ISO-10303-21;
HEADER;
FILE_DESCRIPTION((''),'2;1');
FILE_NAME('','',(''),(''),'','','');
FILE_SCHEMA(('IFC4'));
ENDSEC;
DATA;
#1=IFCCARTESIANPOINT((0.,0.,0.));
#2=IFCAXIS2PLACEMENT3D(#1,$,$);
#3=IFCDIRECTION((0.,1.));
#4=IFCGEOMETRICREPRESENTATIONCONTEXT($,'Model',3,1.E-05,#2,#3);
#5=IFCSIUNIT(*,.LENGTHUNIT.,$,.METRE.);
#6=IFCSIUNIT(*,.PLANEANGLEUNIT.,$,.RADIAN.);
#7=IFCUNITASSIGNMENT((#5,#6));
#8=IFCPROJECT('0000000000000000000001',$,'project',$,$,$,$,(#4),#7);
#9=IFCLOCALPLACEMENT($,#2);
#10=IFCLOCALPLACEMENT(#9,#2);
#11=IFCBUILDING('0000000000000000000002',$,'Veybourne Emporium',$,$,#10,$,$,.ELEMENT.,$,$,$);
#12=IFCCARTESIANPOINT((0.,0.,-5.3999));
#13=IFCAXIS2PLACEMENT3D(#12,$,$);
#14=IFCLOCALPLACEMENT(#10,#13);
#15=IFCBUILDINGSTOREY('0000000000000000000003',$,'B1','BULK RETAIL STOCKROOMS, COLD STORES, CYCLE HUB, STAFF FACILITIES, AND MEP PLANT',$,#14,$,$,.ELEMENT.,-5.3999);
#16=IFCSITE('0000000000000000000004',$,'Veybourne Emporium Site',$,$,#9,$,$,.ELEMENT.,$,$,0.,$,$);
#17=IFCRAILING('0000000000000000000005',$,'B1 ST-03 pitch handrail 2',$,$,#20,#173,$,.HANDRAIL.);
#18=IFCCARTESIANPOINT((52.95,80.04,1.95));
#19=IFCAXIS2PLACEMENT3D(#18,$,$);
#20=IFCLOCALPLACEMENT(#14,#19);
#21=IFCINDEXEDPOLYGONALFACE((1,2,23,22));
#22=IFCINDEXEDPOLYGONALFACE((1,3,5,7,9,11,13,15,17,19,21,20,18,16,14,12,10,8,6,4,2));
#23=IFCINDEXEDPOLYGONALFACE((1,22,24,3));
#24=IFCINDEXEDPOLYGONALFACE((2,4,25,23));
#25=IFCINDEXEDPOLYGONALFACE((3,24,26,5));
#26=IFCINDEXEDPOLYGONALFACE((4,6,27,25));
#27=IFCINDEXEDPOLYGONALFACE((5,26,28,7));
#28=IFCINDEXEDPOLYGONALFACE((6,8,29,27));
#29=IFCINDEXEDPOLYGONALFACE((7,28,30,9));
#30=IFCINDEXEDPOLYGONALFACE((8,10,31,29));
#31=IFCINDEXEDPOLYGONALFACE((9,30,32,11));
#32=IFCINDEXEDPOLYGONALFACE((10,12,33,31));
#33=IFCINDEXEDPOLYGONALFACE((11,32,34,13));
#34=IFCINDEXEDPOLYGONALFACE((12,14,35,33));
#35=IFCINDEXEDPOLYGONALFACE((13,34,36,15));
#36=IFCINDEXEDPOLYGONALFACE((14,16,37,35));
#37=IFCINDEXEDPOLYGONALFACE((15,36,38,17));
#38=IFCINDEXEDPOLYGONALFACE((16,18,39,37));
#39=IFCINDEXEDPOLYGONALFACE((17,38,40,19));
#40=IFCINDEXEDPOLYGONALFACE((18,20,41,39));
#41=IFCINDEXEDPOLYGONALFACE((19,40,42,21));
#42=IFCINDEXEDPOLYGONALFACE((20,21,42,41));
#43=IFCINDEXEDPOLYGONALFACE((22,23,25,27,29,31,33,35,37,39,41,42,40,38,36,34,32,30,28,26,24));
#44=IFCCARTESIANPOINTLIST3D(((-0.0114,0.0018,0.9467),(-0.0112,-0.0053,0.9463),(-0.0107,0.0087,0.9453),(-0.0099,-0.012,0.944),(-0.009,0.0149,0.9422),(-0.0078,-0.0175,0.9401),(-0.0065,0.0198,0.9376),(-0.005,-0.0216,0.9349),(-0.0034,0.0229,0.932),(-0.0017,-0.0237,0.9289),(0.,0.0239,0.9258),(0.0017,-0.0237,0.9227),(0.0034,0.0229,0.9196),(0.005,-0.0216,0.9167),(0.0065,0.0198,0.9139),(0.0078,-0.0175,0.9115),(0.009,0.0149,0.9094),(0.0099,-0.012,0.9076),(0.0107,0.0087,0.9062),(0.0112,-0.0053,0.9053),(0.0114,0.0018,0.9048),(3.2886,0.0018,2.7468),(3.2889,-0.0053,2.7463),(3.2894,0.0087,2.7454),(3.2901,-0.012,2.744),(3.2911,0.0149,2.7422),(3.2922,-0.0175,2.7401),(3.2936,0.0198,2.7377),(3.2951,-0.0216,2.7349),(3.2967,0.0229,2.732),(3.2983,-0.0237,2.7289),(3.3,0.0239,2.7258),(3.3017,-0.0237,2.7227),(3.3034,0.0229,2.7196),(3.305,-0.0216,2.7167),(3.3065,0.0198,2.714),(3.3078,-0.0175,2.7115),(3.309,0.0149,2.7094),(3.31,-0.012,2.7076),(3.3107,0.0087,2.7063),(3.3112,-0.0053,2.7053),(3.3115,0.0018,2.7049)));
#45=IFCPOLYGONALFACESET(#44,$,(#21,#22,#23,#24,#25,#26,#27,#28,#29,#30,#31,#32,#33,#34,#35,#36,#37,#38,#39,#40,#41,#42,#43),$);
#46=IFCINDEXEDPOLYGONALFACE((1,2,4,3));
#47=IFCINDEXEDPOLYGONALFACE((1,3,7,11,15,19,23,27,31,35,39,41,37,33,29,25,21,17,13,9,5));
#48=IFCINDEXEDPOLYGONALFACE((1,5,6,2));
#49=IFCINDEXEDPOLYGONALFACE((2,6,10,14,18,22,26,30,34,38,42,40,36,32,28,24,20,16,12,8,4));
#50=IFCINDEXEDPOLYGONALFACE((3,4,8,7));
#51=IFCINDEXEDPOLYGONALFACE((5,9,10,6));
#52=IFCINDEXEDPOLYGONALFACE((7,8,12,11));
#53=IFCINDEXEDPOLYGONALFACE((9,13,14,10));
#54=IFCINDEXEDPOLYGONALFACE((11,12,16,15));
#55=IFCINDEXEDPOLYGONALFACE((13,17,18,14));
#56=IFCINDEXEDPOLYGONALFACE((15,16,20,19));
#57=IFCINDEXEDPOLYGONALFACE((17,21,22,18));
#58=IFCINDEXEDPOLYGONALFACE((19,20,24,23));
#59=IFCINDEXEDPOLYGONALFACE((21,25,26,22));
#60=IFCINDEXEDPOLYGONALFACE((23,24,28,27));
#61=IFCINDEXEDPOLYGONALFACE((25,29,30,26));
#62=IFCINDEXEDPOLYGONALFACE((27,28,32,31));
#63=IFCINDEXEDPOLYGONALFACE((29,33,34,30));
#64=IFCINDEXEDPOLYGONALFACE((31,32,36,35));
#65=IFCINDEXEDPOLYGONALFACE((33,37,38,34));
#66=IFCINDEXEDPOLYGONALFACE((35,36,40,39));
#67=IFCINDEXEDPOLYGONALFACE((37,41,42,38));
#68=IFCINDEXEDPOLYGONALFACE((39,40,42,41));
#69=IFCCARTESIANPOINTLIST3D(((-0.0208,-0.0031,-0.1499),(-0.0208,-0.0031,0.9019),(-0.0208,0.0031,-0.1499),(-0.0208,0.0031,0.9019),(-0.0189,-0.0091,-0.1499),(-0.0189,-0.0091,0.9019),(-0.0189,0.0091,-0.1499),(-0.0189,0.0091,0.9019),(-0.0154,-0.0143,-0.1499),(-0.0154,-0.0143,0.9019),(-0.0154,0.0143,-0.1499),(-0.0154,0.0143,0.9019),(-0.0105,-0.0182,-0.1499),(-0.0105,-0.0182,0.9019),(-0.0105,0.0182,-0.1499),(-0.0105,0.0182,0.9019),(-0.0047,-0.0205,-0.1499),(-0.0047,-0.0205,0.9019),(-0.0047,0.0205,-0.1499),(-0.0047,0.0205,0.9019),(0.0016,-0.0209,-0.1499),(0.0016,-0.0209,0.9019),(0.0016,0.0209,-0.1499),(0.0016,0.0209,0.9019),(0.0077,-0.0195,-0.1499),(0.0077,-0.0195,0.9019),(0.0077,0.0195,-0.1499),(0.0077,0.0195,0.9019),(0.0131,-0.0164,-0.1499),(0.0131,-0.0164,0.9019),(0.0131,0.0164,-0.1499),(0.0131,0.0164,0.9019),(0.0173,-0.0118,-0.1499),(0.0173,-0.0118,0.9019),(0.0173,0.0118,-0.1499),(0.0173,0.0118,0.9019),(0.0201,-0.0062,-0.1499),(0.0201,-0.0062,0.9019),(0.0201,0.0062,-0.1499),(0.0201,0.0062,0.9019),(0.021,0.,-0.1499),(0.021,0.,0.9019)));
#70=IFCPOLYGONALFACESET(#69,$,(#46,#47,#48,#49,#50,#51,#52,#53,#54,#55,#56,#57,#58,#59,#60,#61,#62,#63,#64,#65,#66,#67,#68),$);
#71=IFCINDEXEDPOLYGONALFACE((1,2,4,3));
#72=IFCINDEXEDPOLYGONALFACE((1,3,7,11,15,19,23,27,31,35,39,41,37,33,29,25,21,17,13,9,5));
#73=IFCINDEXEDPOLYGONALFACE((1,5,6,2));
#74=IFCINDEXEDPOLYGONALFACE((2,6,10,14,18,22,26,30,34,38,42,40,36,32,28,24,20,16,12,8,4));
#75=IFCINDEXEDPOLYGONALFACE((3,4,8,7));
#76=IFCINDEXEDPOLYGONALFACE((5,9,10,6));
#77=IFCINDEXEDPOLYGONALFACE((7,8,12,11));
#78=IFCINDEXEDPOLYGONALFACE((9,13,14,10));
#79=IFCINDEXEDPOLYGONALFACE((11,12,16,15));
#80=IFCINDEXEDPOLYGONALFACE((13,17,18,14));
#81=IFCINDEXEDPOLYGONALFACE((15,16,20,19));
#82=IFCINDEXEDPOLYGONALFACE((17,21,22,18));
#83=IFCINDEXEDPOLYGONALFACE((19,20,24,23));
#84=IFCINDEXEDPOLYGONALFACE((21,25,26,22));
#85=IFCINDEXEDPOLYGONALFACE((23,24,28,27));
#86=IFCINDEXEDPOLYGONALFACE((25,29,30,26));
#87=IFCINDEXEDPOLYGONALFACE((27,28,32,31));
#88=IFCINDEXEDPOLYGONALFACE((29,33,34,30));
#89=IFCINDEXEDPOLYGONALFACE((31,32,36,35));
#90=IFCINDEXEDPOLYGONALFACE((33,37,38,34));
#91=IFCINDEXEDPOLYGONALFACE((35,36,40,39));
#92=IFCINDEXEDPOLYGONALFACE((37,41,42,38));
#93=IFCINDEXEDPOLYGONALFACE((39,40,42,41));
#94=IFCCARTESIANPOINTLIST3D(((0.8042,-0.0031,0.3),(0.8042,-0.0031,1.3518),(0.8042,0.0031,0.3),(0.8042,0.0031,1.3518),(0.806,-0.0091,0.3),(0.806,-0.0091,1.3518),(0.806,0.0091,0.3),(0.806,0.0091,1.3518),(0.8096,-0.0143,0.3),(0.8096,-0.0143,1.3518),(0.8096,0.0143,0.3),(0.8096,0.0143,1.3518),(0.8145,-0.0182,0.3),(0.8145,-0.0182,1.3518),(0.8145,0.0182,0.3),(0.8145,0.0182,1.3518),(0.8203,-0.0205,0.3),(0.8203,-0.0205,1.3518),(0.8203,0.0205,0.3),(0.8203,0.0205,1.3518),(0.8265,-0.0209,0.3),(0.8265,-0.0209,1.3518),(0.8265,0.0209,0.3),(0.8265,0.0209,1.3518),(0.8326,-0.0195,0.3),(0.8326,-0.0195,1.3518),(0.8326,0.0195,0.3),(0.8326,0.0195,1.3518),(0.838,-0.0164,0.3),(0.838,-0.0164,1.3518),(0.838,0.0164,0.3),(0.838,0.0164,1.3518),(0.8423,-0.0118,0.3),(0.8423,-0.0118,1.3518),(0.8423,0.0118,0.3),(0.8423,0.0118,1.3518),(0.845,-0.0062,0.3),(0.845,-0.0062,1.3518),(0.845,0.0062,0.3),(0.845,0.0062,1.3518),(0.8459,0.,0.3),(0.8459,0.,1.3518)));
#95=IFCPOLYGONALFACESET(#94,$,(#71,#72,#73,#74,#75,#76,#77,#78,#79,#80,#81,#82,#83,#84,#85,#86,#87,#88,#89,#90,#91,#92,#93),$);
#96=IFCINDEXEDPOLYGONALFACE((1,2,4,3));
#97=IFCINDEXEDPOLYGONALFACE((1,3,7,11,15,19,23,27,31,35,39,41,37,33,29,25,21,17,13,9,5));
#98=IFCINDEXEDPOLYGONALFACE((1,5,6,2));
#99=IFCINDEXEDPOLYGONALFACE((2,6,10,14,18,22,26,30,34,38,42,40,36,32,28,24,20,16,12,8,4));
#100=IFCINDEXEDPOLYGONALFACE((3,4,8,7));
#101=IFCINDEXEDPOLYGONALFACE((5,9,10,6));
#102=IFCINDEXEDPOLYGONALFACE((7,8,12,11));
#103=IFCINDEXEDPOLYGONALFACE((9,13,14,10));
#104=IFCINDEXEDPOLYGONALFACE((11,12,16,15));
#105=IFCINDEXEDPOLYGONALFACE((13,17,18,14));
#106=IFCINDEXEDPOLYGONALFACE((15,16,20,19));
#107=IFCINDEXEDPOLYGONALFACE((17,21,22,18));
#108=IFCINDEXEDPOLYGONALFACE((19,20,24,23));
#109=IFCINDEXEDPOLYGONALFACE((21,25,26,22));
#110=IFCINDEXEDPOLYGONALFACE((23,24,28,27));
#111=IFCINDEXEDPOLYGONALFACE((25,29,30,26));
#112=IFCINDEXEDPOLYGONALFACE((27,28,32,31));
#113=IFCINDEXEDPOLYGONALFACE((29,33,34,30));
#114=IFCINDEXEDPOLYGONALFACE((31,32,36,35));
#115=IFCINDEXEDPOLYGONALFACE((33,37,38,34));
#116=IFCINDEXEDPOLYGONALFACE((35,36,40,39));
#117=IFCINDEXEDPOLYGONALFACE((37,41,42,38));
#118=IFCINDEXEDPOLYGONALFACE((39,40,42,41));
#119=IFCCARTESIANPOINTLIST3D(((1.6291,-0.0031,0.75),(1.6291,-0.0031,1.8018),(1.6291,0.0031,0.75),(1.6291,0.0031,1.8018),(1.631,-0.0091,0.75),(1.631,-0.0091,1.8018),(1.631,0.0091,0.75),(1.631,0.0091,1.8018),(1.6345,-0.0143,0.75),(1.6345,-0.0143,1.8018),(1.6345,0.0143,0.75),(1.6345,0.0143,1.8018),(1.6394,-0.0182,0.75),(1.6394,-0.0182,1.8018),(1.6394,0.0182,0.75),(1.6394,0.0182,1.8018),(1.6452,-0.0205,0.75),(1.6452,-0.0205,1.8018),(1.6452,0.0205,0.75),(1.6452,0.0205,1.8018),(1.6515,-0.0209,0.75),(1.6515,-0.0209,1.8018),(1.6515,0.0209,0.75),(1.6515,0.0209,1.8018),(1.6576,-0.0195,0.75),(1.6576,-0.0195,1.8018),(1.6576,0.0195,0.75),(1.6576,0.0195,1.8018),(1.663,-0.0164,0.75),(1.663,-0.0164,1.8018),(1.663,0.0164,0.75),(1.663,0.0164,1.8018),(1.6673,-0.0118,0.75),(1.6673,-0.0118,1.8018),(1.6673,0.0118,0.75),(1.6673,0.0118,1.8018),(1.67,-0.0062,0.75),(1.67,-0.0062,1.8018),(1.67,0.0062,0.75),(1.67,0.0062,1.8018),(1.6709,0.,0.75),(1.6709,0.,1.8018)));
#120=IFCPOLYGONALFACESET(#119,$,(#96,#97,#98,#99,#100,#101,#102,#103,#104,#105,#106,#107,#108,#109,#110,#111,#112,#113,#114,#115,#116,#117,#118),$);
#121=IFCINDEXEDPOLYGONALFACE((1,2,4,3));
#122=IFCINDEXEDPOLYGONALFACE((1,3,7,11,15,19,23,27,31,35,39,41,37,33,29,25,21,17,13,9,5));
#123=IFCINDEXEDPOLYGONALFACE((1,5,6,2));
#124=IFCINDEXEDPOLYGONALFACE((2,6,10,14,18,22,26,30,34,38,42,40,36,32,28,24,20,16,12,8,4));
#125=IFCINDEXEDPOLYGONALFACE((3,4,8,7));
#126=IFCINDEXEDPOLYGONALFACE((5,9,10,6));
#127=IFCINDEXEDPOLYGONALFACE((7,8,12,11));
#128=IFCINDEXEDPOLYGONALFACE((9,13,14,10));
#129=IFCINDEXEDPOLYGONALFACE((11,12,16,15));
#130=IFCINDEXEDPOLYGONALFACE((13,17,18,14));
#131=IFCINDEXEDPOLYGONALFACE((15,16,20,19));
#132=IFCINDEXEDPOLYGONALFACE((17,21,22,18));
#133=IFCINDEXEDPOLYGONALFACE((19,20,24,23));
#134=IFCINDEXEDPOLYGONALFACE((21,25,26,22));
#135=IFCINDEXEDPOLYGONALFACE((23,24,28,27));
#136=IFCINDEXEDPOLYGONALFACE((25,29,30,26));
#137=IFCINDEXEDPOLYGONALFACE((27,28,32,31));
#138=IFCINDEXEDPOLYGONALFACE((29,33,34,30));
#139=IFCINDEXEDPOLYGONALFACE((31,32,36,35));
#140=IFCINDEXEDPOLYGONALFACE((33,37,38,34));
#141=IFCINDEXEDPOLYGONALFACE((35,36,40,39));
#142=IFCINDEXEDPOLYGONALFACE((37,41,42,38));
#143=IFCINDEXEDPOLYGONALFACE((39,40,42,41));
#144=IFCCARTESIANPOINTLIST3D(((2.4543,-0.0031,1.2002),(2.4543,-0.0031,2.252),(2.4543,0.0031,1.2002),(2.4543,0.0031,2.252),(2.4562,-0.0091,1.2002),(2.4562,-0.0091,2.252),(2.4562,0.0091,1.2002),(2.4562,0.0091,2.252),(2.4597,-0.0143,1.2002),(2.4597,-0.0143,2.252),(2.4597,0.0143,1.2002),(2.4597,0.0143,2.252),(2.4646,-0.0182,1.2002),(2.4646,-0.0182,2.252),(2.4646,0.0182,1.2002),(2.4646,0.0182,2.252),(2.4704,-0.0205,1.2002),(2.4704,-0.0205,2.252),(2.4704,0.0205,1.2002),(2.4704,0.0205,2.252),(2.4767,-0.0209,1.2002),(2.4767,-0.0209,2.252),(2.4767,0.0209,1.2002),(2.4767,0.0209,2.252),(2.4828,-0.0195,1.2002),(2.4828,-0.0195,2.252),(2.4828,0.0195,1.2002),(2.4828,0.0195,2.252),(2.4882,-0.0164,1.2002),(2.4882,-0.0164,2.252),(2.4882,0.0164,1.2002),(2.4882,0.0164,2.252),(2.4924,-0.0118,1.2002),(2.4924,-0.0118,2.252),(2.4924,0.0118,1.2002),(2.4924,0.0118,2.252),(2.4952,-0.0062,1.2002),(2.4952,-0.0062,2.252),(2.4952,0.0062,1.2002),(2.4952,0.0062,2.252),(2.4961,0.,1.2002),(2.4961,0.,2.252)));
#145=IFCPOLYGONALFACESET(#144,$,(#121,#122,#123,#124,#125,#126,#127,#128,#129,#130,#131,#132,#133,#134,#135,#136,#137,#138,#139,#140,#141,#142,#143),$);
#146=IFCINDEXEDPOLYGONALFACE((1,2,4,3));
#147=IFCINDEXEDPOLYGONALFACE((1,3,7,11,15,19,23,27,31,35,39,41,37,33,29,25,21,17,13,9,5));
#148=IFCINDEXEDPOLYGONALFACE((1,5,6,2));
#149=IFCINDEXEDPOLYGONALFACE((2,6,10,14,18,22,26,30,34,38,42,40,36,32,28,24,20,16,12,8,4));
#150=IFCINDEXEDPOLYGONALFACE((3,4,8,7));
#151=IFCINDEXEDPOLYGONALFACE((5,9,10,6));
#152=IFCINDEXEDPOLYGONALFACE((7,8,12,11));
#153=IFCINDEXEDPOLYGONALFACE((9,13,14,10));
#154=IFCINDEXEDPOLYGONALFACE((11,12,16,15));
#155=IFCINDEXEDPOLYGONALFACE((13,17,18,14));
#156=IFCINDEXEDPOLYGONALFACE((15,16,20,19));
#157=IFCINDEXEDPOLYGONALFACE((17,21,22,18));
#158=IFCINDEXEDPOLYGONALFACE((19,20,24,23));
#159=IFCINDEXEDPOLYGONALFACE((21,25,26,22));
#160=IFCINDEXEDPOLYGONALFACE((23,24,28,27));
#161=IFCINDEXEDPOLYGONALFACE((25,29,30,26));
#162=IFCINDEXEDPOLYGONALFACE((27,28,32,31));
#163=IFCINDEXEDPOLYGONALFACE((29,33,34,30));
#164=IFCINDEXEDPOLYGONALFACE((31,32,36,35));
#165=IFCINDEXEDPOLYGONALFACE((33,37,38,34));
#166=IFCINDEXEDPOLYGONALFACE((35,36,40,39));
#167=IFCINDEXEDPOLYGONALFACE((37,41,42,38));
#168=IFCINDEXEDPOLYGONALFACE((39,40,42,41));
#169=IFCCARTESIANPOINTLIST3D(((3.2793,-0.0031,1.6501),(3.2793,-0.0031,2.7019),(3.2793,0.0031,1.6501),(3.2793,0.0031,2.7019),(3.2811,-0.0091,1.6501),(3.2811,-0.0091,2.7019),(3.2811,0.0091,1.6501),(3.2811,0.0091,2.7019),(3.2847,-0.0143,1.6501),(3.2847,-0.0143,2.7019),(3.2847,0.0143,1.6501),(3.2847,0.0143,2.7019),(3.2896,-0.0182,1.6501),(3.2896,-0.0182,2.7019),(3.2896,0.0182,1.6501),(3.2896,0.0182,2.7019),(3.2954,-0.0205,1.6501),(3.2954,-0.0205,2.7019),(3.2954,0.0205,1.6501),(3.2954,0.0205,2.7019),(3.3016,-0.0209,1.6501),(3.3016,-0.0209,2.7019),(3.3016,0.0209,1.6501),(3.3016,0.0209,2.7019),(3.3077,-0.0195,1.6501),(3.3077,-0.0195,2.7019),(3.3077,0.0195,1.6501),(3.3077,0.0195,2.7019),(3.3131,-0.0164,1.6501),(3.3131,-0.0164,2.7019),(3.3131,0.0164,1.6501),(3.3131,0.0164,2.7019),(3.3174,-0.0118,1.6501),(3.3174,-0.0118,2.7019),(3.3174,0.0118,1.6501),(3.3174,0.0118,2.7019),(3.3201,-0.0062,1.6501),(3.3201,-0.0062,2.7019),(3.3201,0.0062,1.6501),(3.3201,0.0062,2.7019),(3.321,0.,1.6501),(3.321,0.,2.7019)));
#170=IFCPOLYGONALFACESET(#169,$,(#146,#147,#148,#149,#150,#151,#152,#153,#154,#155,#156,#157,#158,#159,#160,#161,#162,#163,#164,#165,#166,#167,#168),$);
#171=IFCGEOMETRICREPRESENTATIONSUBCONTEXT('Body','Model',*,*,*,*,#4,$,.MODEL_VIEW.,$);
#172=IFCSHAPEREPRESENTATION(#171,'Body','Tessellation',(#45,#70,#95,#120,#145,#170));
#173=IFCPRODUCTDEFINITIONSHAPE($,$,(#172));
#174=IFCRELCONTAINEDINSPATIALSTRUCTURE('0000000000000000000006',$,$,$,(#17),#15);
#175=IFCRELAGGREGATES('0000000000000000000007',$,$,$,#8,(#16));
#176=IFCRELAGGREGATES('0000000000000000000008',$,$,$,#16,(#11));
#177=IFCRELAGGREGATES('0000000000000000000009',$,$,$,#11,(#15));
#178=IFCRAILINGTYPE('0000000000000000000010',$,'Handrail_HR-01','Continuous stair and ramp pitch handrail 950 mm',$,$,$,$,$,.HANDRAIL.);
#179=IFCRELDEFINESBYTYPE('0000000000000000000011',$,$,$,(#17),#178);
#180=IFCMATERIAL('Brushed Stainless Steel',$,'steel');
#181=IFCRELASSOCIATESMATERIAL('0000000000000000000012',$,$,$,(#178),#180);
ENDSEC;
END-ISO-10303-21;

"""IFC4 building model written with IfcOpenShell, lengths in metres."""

from ifc_helpers import new_model, si_unit, direction, frame, origin, origin_2d, place, context, subcontext, project, spatial, circle, extrude, material, type_object, element, save


model = new_model("IFC4")

# Units and contexts
model_context = context("Model", 3, precision=1e-05, world=origin(), true_north=direction((0.0, 1.0)))
body_context = subcontext(model_context, "Body", "Model", "MODEL_VIEW")
ifc_project = project(units=[si_unit("LENGTHUNIT", "METRE"), si_unit("PLANEANGLEUNIT", "RADIAN")], contexts=[model_context])

# Site, building, storey
site_placement = place(None, origin())
site = spatial("IfcSite", under=ifc_project, at=site_placement, Name="Veybourne Emporium Site", CompositionType="ELEMENT", RefElevation=0.0)
building_placement = place(site_placement, origin())
building = spatial("IfcBuilding", under=site, at=building_placement, Name="Veybourne Emporium", CompositionType="ELEMENT")
storey_placement = place(building_placement, frame((0.0, 0.0, -5.3999)))
storey = spatial("IfcBuildingStorey", under=building, at=storey_placement, Name="B1", Description="BULK RETAIL STOCKROOMS, COLD STORES, CYCLE HUB, STAFF FACILITIES, AND MEP PLANT", CompositionType="ELEMENT", Elevation=-5.3999)

# Railing
ifc_material_1 = material(Name="Brushed Stainless Steel", Category="steel")
railing_type = type_object("IfcRailingType", Name="Handrail_HR-01", Description="Continuous stair and ramp pitch handrail 950 mm", PredefinedType="HANDRAIL", material=ifc_material_1)
railing_placement = place(storey_placement, frame((52.95, 80.04, 1.95)))
element("IfcRailing", 1, at=railing_placement, inside=storey, type_object=railing_type, Name="B1 ST-03 pitch handrail 2", PredefinedType="HANDRAIL", context=body_context, shape_type="SweptSolid", body=[
    extrude(circle(Radius=0.0239, at=origin_2d()), frame((0.0, 0.0, 0.9258), z_axis=(0.877893, 0.0, 0.478857), x_axis=(0.0, 1.0, 0.0)), (0.0, 0.0, 1.0), 3.759),
    extrude(circle(Radius=0.021, at=origin_2d()), frame((0.0, 0.0, -0.1499)), (0.0, 0.0, 1.0), 1.0518),
    extrude(circle(Radius=0.021, at=origin_2d()), frame((0.825, 0.0, 0.3)), (0.0, 0.0, 1.0), 1.0518),
    extrude(circle(Radius=0.021, at=origin_2d()), frame((1.6499, 0.0, 0.75)), (0.0, 0.0, 1.0), 1.0518),
    extrude(circle(Radius=0.021, at=origin_2d()), frame((2.4751, 0.0, 1.2002)), (0.0, 0.0, 1.0), 1.0518),
    extrude(circle(Radius=0.021, at=origin_2d()), frame((3.3, 0.0, 1.6501)), (0.0, 0.0, 1.0), 1.0518),
])

save(model, "model.ifc")
